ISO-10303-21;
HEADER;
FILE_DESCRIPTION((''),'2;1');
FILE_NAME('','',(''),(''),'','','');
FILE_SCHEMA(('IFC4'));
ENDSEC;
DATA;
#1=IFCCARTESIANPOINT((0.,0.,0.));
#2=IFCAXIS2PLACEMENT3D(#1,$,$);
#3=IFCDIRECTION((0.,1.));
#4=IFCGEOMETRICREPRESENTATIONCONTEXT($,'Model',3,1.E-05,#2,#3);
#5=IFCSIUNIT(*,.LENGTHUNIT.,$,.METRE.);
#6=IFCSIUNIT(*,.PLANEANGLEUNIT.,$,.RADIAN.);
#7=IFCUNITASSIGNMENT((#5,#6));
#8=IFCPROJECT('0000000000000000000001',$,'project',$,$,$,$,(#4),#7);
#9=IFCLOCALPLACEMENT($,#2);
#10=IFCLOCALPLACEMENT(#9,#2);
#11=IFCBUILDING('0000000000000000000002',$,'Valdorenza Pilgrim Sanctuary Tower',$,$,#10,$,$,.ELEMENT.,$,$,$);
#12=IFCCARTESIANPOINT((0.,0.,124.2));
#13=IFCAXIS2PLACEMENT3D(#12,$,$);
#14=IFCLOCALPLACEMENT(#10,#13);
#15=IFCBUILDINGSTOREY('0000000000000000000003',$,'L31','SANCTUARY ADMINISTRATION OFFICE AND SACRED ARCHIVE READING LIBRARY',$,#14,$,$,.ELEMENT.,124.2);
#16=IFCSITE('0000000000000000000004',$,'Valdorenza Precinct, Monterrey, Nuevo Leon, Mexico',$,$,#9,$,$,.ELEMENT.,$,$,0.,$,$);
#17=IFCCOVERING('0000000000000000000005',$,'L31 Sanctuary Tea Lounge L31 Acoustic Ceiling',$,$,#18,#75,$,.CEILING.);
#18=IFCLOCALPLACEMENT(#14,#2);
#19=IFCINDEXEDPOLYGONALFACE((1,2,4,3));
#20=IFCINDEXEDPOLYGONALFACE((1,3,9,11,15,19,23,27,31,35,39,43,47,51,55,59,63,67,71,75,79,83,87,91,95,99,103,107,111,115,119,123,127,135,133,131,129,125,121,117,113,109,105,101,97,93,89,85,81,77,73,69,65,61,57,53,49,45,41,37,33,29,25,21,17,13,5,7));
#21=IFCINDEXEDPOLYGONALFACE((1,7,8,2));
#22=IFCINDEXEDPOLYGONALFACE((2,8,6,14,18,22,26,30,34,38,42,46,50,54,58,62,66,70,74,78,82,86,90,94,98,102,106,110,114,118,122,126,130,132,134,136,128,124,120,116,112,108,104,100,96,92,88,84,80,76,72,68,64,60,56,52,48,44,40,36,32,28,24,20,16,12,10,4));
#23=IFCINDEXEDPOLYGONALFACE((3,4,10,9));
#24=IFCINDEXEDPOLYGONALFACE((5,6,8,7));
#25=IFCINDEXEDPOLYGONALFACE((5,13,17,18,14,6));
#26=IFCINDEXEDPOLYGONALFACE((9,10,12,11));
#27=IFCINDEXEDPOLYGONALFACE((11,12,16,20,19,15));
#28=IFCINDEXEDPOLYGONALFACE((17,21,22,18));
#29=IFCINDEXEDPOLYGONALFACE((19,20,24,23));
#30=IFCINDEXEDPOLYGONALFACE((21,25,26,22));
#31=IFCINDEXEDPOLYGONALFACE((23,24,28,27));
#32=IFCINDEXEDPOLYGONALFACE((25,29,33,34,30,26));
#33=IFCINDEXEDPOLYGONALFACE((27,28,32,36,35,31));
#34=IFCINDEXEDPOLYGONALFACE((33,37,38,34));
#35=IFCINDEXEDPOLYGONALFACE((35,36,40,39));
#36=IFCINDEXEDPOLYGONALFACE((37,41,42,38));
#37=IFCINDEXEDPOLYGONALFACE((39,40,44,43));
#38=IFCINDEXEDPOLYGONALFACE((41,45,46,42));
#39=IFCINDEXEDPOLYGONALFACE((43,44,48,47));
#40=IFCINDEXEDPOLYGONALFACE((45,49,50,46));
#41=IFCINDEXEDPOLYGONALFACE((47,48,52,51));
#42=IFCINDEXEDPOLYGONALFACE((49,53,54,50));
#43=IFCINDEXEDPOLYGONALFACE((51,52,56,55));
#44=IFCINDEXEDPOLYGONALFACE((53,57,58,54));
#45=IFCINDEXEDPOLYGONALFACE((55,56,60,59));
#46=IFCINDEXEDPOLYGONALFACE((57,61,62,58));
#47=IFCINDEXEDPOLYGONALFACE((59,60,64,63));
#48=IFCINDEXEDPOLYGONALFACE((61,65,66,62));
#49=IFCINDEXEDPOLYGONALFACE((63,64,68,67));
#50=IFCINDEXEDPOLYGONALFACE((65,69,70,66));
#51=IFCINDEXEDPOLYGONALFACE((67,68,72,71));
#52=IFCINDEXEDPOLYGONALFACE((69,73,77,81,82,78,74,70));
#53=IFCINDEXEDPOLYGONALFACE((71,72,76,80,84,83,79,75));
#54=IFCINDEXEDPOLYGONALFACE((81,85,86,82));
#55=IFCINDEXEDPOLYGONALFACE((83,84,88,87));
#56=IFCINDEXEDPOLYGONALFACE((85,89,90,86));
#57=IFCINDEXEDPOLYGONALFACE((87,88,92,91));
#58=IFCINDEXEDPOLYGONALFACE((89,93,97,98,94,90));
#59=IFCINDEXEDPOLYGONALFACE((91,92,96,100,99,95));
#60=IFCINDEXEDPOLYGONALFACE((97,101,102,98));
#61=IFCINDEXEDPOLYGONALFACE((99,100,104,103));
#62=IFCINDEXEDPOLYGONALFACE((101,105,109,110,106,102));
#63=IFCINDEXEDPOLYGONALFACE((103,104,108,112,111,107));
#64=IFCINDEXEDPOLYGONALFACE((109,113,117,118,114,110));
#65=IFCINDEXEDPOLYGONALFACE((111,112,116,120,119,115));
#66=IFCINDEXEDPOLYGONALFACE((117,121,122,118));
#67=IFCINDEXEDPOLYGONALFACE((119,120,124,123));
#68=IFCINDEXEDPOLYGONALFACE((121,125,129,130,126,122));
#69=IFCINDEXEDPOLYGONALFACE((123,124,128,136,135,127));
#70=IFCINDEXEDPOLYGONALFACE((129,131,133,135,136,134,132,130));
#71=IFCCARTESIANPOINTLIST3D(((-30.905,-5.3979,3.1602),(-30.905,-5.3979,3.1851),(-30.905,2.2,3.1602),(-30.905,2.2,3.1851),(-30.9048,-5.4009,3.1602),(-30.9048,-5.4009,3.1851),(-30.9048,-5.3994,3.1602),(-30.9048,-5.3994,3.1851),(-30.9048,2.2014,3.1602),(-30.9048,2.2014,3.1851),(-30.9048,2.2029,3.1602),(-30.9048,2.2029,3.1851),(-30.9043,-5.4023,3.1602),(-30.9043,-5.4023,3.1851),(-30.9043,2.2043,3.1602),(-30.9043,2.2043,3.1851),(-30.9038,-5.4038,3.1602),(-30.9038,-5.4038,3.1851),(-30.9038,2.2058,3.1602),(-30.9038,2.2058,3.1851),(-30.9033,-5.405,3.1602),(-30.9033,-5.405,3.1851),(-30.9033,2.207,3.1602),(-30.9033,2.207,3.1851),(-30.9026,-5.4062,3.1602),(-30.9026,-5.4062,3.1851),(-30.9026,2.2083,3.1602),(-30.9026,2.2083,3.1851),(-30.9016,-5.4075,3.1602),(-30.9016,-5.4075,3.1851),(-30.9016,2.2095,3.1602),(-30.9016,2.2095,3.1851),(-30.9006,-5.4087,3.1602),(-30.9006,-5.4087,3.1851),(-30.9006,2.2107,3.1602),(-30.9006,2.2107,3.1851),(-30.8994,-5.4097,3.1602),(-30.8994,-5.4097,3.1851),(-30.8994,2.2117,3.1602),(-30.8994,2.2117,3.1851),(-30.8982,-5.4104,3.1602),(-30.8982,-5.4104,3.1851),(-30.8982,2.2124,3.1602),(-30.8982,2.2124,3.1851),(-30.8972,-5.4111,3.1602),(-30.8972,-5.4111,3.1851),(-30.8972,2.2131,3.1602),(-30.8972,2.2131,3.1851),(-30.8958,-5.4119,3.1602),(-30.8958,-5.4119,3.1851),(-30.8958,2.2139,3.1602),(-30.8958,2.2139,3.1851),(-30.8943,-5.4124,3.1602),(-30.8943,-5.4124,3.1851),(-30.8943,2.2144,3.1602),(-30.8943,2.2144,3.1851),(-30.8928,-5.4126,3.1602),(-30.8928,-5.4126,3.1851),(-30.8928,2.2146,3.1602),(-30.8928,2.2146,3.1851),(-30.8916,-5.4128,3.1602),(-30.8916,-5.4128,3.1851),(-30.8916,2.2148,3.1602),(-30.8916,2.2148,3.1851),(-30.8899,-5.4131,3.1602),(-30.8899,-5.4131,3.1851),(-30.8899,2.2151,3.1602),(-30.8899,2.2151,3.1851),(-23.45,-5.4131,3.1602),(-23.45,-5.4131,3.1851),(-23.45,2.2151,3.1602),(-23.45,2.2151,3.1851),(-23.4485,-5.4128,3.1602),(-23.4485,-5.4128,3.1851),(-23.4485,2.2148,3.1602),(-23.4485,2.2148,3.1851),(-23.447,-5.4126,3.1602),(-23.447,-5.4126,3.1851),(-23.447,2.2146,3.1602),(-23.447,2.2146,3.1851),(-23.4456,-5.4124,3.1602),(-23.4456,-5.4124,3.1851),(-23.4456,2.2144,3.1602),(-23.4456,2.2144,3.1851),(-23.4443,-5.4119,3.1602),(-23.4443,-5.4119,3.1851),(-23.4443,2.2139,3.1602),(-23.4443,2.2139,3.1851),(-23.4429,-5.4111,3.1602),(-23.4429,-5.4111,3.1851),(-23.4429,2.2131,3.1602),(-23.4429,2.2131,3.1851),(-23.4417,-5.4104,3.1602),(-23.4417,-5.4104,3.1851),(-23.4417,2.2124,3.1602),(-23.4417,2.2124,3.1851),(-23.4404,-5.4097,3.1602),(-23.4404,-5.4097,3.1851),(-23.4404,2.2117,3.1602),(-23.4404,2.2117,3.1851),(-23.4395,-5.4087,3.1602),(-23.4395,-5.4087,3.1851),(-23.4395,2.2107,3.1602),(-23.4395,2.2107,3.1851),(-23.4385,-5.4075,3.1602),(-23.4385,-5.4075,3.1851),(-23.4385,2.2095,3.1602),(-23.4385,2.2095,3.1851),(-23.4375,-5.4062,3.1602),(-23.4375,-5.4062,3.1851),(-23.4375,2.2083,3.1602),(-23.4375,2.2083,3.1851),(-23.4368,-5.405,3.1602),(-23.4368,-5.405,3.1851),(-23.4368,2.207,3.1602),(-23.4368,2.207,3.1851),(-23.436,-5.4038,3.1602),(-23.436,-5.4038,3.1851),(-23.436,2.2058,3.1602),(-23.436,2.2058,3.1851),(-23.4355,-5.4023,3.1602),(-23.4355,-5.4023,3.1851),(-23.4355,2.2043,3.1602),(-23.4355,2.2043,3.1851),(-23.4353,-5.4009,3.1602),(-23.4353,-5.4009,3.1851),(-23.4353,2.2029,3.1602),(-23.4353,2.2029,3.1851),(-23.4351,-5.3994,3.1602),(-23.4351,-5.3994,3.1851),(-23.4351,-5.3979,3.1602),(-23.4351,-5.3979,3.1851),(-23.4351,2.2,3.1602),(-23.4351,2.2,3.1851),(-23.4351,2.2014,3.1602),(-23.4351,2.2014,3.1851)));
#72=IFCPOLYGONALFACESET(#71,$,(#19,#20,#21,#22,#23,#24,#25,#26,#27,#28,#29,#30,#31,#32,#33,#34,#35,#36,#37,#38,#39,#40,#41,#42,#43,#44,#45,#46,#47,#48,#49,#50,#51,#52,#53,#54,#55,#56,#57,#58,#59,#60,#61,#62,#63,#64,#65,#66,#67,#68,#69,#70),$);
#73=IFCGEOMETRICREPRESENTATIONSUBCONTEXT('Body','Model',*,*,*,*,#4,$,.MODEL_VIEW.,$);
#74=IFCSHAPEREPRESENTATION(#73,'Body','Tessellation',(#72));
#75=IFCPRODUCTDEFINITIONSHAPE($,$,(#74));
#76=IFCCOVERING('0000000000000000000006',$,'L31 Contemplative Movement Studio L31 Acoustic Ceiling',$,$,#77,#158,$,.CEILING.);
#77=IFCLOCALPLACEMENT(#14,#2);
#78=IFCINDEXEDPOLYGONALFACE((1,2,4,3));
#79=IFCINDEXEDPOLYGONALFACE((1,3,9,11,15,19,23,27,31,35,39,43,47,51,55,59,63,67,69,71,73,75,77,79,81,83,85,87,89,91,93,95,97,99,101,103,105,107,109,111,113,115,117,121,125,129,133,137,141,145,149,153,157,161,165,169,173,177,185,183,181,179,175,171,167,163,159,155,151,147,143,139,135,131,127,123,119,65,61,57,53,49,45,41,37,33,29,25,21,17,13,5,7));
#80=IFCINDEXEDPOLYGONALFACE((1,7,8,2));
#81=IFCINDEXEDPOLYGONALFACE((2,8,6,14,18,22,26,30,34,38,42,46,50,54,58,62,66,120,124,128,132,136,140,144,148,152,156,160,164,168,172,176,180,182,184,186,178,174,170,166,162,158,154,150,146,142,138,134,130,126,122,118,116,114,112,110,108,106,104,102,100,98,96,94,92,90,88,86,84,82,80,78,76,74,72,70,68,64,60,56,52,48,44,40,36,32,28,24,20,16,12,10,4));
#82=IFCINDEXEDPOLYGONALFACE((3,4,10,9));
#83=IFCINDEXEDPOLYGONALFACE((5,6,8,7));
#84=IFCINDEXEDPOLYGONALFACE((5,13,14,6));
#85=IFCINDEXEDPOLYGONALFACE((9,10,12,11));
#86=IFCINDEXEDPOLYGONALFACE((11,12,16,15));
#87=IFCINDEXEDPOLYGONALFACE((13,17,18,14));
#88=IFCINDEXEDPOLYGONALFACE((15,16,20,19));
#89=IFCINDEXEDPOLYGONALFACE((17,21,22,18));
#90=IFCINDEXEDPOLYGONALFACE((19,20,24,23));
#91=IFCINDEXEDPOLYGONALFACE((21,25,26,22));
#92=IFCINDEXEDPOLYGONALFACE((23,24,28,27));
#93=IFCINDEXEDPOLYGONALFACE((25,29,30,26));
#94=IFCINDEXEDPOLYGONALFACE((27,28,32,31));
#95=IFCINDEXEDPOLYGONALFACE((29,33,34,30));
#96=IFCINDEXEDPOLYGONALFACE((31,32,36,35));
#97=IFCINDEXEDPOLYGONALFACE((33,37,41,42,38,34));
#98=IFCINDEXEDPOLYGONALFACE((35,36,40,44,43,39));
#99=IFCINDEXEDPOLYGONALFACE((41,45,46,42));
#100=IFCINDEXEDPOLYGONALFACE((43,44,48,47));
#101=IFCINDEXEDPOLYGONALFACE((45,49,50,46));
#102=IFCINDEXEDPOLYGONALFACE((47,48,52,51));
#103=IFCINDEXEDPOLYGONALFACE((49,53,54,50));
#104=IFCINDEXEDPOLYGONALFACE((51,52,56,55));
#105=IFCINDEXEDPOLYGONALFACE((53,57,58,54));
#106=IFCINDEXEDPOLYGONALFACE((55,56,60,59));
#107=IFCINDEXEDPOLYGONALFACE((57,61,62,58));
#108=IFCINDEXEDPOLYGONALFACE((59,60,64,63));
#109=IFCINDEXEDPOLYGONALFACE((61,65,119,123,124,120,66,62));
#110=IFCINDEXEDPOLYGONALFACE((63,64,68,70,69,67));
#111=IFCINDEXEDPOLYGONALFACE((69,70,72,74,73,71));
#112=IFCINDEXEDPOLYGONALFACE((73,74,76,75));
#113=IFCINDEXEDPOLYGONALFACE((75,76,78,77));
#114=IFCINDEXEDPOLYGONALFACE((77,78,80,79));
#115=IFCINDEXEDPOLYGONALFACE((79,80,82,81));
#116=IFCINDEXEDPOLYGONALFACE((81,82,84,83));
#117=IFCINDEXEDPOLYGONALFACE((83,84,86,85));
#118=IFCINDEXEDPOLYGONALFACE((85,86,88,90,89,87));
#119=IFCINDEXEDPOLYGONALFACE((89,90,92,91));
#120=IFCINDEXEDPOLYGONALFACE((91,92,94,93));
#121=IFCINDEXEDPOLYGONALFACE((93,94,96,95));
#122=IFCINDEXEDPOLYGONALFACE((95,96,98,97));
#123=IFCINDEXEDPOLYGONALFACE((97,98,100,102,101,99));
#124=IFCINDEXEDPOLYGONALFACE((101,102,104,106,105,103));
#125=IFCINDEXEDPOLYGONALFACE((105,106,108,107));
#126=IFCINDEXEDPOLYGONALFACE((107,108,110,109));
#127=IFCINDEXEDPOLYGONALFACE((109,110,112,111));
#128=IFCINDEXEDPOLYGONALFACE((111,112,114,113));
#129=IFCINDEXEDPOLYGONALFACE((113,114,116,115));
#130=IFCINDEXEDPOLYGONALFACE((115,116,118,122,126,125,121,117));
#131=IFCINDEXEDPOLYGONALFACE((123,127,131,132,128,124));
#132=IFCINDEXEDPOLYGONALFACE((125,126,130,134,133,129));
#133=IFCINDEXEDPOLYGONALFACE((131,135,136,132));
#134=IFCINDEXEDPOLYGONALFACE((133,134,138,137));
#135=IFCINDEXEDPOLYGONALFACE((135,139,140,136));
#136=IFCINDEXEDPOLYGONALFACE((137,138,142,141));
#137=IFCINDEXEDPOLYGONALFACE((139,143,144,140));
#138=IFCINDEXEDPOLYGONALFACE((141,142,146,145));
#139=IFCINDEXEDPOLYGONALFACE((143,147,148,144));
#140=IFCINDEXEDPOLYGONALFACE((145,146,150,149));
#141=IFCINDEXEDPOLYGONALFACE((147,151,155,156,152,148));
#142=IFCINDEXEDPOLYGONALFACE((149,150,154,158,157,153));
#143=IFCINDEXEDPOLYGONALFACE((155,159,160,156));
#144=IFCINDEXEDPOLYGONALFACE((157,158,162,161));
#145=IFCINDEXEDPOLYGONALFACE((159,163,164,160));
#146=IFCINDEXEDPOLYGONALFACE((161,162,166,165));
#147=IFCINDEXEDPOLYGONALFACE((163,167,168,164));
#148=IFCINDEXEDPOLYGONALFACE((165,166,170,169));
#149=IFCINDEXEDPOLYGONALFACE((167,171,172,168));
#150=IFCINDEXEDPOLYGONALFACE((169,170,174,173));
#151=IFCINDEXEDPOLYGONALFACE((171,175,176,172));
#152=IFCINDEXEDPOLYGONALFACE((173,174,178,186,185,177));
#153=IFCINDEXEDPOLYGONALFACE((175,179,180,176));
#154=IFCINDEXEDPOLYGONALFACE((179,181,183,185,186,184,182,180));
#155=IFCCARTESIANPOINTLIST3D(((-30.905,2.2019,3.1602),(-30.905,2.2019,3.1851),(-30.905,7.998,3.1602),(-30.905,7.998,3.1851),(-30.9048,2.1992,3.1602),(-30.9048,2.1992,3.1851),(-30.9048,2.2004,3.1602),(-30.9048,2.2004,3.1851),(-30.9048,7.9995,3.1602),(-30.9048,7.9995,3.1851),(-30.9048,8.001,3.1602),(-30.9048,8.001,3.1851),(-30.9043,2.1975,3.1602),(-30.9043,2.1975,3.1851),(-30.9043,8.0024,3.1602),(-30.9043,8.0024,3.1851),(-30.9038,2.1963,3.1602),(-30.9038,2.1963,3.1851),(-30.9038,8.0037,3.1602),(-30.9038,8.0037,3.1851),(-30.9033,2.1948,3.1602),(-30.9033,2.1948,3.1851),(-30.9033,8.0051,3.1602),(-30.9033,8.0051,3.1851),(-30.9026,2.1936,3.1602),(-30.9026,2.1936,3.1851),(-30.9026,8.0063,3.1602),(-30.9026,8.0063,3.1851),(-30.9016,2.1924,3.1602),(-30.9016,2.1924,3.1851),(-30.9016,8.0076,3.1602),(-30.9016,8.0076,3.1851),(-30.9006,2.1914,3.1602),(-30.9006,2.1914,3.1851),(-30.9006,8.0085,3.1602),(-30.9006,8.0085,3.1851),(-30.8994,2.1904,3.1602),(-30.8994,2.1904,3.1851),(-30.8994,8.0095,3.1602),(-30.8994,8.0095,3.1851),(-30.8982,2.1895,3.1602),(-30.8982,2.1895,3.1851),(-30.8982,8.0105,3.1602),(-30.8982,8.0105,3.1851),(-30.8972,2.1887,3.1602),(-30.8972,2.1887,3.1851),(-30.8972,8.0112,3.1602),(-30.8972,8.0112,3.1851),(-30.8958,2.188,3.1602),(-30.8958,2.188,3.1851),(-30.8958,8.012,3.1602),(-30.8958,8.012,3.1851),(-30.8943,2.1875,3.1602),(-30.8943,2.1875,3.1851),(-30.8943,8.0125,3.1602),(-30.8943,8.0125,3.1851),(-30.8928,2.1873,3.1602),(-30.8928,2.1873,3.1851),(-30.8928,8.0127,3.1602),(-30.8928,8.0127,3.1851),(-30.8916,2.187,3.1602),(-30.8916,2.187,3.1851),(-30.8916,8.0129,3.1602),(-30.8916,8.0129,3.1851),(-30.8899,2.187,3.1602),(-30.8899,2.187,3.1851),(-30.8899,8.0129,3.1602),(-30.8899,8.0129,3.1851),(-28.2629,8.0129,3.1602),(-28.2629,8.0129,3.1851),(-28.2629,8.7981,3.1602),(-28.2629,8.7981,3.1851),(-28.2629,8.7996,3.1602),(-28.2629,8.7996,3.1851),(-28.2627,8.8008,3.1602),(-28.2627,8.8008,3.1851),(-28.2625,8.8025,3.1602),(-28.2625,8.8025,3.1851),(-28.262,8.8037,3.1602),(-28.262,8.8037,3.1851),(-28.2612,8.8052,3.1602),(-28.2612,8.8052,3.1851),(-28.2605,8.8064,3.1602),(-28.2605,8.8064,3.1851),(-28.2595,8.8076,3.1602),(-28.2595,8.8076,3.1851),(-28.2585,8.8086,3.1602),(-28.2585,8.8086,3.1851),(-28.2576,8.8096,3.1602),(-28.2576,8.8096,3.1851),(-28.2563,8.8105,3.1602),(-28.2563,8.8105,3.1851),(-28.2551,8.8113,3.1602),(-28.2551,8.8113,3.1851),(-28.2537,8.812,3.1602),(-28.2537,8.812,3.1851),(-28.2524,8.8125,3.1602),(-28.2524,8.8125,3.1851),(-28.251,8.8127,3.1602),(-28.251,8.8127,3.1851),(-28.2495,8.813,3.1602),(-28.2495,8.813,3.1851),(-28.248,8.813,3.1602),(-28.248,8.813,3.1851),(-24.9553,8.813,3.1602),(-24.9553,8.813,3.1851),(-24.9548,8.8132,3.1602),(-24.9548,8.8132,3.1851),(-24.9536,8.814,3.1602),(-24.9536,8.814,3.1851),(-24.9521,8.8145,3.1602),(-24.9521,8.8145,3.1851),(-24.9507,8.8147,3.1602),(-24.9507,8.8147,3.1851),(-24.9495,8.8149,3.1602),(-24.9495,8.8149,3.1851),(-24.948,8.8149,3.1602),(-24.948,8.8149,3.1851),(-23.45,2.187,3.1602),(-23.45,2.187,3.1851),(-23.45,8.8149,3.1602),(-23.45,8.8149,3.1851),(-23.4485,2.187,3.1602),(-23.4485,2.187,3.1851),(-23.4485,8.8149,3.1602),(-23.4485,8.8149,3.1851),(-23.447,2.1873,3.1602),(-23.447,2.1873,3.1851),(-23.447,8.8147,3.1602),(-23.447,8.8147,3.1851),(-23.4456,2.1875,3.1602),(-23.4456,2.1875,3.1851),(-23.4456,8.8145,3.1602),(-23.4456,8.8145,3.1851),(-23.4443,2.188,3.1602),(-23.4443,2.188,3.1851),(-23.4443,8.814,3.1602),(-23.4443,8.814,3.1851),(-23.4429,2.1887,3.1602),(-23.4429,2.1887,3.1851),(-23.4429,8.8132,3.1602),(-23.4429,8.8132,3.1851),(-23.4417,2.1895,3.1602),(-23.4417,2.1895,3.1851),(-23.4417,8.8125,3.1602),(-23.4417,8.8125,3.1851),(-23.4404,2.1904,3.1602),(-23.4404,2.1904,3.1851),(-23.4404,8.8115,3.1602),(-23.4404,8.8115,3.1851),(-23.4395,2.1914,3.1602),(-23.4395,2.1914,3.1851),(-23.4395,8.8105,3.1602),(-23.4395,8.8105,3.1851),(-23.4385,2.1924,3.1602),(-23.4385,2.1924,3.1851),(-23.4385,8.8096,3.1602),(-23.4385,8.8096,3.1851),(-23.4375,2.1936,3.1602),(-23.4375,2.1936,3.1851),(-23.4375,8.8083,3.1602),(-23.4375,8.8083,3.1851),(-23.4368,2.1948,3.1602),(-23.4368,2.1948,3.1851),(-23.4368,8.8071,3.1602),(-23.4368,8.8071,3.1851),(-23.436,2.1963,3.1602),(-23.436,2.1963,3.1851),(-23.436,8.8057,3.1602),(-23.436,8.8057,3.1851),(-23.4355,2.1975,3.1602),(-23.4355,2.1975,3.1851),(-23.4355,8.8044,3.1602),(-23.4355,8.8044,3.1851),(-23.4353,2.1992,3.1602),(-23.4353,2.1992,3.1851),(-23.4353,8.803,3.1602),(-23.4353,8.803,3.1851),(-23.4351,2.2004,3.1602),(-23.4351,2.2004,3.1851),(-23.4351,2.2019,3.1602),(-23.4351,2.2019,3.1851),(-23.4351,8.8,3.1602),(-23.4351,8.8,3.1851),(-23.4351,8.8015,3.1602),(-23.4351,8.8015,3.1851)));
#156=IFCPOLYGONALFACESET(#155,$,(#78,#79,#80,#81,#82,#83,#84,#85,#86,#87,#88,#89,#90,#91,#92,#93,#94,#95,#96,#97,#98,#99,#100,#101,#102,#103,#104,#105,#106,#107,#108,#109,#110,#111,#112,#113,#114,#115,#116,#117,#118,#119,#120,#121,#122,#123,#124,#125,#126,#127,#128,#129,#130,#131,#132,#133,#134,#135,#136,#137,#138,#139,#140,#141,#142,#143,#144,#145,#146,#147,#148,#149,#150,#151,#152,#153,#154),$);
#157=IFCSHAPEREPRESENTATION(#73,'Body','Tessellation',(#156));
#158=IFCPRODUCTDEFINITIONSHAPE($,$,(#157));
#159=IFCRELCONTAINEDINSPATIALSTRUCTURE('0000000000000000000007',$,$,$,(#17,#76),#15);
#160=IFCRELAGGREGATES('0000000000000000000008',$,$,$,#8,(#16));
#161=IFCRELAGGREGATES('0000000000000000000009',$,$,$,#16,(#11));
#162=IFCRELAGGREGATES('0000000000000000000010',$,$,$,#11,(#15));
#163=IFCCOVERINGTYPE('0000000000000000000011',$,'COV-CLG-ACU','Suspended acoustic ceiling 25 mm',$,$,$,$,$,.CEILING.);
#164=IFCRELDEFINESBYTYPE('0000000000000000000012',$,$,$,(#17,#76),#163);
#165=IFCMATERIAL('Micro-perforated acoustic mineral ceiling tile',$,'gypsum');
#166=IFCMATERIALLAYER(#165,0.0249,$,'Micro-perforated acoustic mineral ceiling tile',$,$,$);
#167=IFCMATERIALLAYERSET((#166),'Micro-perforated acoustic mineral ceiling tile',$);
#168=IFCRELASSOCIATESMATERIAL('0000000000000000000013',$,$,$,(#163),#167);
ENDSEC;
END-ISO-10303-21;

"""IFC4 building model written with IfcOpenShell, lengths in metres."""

from ifc_helpers import new_model, si_unit, direction, frame, origin, place, context, subcontext, project, spatial, polyline, outline, extrude, material, layer, layer_set, type_object, element, save


model = new_model("IFC4")

# Units and contexts
model_context = context("Model", 3, precision=1e-05, world=origin(), true_north=direction((0.0, 1.0)))
body_context = subcontext(model_context, "Body", "Model", "MODEL_VIEW")
ifc_project = project(units=[si_unit("LENGTHUNIT", "METRE"), si_unit("PLANEANGLEUNIT", "RADIAN")], contexts=[model_context])

# Site, building, storey
site_placement = place(None, origin())
site = spatial("IfcSite", under=ifc_project, at=site_placement, Name="Valdorenza Precinct, Monterrey, Nuevo Leon, Mexico", CompositionType="ELEMENT", RefElevation=0.0)
building_placement = place(site_placement, origin())
building = spatial("IfcBuilding", under=site, at=building_placement, Name="Valdorenza Pilgrim Sanctuary Tower", CompositionType="ELEMENT")
storey_placement = place(building_placement, frame((0.0, 0.0, 124.2)))
storey = spatial("IfcBuildingStorey", under=building, at=storey_placement, Name="L31", Description="SANCTUARY ADMINISTRATION OFFICE AND SACRED ARCHIVE READING LIBRARY", CompositionType="ELEMENT", Elevation=124.2)

# Coverings
ifc_material_1 = material(Name="Micro-perforated acoustic mineral ceiling tile", Category="gypsum")
ifc_layer_1 = layer(ifc_material_1, 0.0249, Name="Micro-perforated acoustic mineral ceiling tile")
ifc_layer_set_1 = layer_set([ifc_layer_1], Name="Micro-perforated acoustic mineral ceiling tile")
covering_type_1 = type_object("IfcCoveringType", Name="COV-CLG-ACU", Description="Suspended acoustic ceiling 25 mm", PredefinedType="CEILING", material=ifc_layer_set_1)
covering_1_placement = place(storey_placement, frame((0.0, 0.0, 3.1602)))
element("IfcCovering", 1, at=covering_1_placement, inside=storey, type_object=covering_type_1, Name="L31 Sanctuary Tea Lounge L31 Acoustic Ceiling", PredefinedType="CEILING", context=body_context, shape_type="SweptSolid", body=[
    extrude(outline(polyline([(-23.4351, -5.3979), (-23.4351, -5.3994), (-23.4353, -5.4009), (-23.4355, -5.4023), (-23.436, -5.4038), (-23.4368, -5.405), (-23.4375, -5.4062), (-23.4385, -5.4075), (-23.4395, -5.4087), (-23.4404, -5.4097), (-23.4417, -5.4104), (-23.4429, -5.4111), (-23.4443, -5.4119), (-23.4456, -5.4124), (-23.447, -5.4126), (-23.4485, -5.4128), (-23.45, -5.4131), (-30.8899, -5.4131), (-30.8916, -5.4128), (-30.8928, -5.4126), (-30.8943, -5.4124), (-30.8958, -5.4119), (-30.8972, -5.4111), (-30.8982, -5.4104), (-30.8994, -5.4097), (-30.9006, -5.4087), (-30.9016, -5.4075), (-30.9026, -5.4062), (-30.9033, -5.405), (-30.9038, -5.4038), (-30.9043, -5.4023), (-30.9048, -5.4009), (-30.9048, -5.3994), (-30.905, -5.3979), (-30.905, 2.2), (-30.9048, 2.2014), (-30.9048, 2.2029), (-30.9043, 2.2043), (-30.9038, 2.2058), (-30.9033, 2.207), (-30.9026, 2.2083), (-30.9016, 2.2095), (-30.9006, 2.2107), (-30.8994, 2.2117), (-30.8982, 2.2124), (-30.8972, 2.2131), (-30.8958, 2.2139), (-30.8943, 2.2144), (-30.8928, 2.2146), (-30.8916, 2.2148), (-30.8899, 2.2151), (-23.45, 2.2151), (-23.4485, 2.2148), (-23.447, 2.2146), (-23.4456, 2.2144), (-23.4443, 2.2139), (-23.4429, 2.2131), (-23.4417, 2.2124), (-23.4404, 2.2117), (-23.4395, 2.2107), (-23.4385, 2.2095), (-23.4375, 2.2083), (-23.4368, 2.207), (-23.436, 2.2058), (-23.4355, 2.2043), (-23.4353, 2.2029), (-23.4351, 2.2014), (-23.4351, 2.2), (-23.4351, -5.3979)])), origin(), (0.0, 0.0, 1.0), 0.0249),
])
covering_2_placement = place(storey_placement, frame((0.0, 0.0, 3.1602)))
element("IfcCovering", 2, at=covering_2_placement, inside=storey, type_object=covering_type_1, Name="L31 Contemplative Movement Studio L31 Acoustic Ceiling", PredefinedType="CEILING", context=body_context, shape_type="SweptSolid", body=[
    extrude(outline(polyline([(-28.2629, 8.0129), (-28.2629, 8.7981), (-28.2629, 8.7996), (-28.2627, 8.8008), (-28.2625, 8.8025), (-28.262, 8.8037), (-28.2612, 8.8052), (-28.2605, 8.8064), (-28.2595, 8.8076), (-28.2585, 8.8086), (-28.2576, 8.8096), (-28.2563, 8.8105), (-28.2551, 8.8113), (-28.2537, 8.812), (-28.2524, 8.8125), (-28.251, 8.8127), (-28.2495, 8.813), (-28.248, 8.813), (-24.9553, 8.813), (-24.9548, 8.8132), (-24.9536, 8.814), (-24.9521, 8.8145), (-24.9507, 8.8147), (-24.9495, 8.8149), (-24.948, 8.8149), (-23.45, 8.8149), (-23.4485, 8.8149), (-23.447, 8.8147), (-23.4456, 8.8145), (-23.4443, 8.814), (-23.4429, 8.8132), (-23.4417, 8.8125), (-23.4404, 8.8115), (-23.4395, 8.8105), (-23.4385, 8.8096), (-23.4375, 8.8083), (-23.4368, 8.8071), (-23.436, 8.8057), (-23.4355, 8.8044), (-23.4353, 8.803), (-23.4351, 8.8015), (-23.4351, 8.8), (-23.4351, 2.2019), (-23.4351, 2.2004), (-23.4353, 2.1992), (-23.4355, 2.1975), (-23.436, 2.1963), (-23.4368, 2.1948), (-23.4375, 2.1936), (-23.4385, 2.1924), (-23.4395, 2.1914), (-23.4404, 2.1904), (-23.4417, 2.1895), (-23.4429, 2.1887), (-23.4443, 2.188), (-23.4456, 2.1875), (-23.447, 2.1873), (-23.4485, 2.187), (-23.45, 2.187), (-30.8899, 2.187), (-30.8916, 2.187), (-30.8928, 2.1873), (-30.8943, 2.1875), (-30.8958, 2.188), (-30.8972, 2.1887), (-30.8982, 2.1895), (-30.8994, 2.1904), (-30.9006, 2.1914), (-30.9016, 2.1924), (-30.9026, 2.1936), (-30.9033, 2.1948), (-30.9038, 2.1963), (-30.9043, 2.1975), (-30.9048, 2.1992), (-30.9048, 2.2004), (-30.905, 2.2019), (-30.905, 7.998), (-30.9048, 7.9995), (-30.9048, 8.001), (-30.9043, 8.0024), (-30.9038, 8.0037), (-30.9033, 8.0051), (-30.9026, 8.0063), (-30.9016, 8.0076), (-30.9006, 8.0085), (-30.8994, 8.0095), (-30.8982, 8.0105), (-30.8972, 8.0112), (-30.8958, 8.012), (-30.8943, 8.0125), (-30.8928, 8.0127), (-30.8916, 8.0129), (-30.8899, 8.0129), (-28.2629, 8.0129)])), origin(), (0.0, 0.0, 1.0), 0.0249),
])

save(model, "model.ifc")
